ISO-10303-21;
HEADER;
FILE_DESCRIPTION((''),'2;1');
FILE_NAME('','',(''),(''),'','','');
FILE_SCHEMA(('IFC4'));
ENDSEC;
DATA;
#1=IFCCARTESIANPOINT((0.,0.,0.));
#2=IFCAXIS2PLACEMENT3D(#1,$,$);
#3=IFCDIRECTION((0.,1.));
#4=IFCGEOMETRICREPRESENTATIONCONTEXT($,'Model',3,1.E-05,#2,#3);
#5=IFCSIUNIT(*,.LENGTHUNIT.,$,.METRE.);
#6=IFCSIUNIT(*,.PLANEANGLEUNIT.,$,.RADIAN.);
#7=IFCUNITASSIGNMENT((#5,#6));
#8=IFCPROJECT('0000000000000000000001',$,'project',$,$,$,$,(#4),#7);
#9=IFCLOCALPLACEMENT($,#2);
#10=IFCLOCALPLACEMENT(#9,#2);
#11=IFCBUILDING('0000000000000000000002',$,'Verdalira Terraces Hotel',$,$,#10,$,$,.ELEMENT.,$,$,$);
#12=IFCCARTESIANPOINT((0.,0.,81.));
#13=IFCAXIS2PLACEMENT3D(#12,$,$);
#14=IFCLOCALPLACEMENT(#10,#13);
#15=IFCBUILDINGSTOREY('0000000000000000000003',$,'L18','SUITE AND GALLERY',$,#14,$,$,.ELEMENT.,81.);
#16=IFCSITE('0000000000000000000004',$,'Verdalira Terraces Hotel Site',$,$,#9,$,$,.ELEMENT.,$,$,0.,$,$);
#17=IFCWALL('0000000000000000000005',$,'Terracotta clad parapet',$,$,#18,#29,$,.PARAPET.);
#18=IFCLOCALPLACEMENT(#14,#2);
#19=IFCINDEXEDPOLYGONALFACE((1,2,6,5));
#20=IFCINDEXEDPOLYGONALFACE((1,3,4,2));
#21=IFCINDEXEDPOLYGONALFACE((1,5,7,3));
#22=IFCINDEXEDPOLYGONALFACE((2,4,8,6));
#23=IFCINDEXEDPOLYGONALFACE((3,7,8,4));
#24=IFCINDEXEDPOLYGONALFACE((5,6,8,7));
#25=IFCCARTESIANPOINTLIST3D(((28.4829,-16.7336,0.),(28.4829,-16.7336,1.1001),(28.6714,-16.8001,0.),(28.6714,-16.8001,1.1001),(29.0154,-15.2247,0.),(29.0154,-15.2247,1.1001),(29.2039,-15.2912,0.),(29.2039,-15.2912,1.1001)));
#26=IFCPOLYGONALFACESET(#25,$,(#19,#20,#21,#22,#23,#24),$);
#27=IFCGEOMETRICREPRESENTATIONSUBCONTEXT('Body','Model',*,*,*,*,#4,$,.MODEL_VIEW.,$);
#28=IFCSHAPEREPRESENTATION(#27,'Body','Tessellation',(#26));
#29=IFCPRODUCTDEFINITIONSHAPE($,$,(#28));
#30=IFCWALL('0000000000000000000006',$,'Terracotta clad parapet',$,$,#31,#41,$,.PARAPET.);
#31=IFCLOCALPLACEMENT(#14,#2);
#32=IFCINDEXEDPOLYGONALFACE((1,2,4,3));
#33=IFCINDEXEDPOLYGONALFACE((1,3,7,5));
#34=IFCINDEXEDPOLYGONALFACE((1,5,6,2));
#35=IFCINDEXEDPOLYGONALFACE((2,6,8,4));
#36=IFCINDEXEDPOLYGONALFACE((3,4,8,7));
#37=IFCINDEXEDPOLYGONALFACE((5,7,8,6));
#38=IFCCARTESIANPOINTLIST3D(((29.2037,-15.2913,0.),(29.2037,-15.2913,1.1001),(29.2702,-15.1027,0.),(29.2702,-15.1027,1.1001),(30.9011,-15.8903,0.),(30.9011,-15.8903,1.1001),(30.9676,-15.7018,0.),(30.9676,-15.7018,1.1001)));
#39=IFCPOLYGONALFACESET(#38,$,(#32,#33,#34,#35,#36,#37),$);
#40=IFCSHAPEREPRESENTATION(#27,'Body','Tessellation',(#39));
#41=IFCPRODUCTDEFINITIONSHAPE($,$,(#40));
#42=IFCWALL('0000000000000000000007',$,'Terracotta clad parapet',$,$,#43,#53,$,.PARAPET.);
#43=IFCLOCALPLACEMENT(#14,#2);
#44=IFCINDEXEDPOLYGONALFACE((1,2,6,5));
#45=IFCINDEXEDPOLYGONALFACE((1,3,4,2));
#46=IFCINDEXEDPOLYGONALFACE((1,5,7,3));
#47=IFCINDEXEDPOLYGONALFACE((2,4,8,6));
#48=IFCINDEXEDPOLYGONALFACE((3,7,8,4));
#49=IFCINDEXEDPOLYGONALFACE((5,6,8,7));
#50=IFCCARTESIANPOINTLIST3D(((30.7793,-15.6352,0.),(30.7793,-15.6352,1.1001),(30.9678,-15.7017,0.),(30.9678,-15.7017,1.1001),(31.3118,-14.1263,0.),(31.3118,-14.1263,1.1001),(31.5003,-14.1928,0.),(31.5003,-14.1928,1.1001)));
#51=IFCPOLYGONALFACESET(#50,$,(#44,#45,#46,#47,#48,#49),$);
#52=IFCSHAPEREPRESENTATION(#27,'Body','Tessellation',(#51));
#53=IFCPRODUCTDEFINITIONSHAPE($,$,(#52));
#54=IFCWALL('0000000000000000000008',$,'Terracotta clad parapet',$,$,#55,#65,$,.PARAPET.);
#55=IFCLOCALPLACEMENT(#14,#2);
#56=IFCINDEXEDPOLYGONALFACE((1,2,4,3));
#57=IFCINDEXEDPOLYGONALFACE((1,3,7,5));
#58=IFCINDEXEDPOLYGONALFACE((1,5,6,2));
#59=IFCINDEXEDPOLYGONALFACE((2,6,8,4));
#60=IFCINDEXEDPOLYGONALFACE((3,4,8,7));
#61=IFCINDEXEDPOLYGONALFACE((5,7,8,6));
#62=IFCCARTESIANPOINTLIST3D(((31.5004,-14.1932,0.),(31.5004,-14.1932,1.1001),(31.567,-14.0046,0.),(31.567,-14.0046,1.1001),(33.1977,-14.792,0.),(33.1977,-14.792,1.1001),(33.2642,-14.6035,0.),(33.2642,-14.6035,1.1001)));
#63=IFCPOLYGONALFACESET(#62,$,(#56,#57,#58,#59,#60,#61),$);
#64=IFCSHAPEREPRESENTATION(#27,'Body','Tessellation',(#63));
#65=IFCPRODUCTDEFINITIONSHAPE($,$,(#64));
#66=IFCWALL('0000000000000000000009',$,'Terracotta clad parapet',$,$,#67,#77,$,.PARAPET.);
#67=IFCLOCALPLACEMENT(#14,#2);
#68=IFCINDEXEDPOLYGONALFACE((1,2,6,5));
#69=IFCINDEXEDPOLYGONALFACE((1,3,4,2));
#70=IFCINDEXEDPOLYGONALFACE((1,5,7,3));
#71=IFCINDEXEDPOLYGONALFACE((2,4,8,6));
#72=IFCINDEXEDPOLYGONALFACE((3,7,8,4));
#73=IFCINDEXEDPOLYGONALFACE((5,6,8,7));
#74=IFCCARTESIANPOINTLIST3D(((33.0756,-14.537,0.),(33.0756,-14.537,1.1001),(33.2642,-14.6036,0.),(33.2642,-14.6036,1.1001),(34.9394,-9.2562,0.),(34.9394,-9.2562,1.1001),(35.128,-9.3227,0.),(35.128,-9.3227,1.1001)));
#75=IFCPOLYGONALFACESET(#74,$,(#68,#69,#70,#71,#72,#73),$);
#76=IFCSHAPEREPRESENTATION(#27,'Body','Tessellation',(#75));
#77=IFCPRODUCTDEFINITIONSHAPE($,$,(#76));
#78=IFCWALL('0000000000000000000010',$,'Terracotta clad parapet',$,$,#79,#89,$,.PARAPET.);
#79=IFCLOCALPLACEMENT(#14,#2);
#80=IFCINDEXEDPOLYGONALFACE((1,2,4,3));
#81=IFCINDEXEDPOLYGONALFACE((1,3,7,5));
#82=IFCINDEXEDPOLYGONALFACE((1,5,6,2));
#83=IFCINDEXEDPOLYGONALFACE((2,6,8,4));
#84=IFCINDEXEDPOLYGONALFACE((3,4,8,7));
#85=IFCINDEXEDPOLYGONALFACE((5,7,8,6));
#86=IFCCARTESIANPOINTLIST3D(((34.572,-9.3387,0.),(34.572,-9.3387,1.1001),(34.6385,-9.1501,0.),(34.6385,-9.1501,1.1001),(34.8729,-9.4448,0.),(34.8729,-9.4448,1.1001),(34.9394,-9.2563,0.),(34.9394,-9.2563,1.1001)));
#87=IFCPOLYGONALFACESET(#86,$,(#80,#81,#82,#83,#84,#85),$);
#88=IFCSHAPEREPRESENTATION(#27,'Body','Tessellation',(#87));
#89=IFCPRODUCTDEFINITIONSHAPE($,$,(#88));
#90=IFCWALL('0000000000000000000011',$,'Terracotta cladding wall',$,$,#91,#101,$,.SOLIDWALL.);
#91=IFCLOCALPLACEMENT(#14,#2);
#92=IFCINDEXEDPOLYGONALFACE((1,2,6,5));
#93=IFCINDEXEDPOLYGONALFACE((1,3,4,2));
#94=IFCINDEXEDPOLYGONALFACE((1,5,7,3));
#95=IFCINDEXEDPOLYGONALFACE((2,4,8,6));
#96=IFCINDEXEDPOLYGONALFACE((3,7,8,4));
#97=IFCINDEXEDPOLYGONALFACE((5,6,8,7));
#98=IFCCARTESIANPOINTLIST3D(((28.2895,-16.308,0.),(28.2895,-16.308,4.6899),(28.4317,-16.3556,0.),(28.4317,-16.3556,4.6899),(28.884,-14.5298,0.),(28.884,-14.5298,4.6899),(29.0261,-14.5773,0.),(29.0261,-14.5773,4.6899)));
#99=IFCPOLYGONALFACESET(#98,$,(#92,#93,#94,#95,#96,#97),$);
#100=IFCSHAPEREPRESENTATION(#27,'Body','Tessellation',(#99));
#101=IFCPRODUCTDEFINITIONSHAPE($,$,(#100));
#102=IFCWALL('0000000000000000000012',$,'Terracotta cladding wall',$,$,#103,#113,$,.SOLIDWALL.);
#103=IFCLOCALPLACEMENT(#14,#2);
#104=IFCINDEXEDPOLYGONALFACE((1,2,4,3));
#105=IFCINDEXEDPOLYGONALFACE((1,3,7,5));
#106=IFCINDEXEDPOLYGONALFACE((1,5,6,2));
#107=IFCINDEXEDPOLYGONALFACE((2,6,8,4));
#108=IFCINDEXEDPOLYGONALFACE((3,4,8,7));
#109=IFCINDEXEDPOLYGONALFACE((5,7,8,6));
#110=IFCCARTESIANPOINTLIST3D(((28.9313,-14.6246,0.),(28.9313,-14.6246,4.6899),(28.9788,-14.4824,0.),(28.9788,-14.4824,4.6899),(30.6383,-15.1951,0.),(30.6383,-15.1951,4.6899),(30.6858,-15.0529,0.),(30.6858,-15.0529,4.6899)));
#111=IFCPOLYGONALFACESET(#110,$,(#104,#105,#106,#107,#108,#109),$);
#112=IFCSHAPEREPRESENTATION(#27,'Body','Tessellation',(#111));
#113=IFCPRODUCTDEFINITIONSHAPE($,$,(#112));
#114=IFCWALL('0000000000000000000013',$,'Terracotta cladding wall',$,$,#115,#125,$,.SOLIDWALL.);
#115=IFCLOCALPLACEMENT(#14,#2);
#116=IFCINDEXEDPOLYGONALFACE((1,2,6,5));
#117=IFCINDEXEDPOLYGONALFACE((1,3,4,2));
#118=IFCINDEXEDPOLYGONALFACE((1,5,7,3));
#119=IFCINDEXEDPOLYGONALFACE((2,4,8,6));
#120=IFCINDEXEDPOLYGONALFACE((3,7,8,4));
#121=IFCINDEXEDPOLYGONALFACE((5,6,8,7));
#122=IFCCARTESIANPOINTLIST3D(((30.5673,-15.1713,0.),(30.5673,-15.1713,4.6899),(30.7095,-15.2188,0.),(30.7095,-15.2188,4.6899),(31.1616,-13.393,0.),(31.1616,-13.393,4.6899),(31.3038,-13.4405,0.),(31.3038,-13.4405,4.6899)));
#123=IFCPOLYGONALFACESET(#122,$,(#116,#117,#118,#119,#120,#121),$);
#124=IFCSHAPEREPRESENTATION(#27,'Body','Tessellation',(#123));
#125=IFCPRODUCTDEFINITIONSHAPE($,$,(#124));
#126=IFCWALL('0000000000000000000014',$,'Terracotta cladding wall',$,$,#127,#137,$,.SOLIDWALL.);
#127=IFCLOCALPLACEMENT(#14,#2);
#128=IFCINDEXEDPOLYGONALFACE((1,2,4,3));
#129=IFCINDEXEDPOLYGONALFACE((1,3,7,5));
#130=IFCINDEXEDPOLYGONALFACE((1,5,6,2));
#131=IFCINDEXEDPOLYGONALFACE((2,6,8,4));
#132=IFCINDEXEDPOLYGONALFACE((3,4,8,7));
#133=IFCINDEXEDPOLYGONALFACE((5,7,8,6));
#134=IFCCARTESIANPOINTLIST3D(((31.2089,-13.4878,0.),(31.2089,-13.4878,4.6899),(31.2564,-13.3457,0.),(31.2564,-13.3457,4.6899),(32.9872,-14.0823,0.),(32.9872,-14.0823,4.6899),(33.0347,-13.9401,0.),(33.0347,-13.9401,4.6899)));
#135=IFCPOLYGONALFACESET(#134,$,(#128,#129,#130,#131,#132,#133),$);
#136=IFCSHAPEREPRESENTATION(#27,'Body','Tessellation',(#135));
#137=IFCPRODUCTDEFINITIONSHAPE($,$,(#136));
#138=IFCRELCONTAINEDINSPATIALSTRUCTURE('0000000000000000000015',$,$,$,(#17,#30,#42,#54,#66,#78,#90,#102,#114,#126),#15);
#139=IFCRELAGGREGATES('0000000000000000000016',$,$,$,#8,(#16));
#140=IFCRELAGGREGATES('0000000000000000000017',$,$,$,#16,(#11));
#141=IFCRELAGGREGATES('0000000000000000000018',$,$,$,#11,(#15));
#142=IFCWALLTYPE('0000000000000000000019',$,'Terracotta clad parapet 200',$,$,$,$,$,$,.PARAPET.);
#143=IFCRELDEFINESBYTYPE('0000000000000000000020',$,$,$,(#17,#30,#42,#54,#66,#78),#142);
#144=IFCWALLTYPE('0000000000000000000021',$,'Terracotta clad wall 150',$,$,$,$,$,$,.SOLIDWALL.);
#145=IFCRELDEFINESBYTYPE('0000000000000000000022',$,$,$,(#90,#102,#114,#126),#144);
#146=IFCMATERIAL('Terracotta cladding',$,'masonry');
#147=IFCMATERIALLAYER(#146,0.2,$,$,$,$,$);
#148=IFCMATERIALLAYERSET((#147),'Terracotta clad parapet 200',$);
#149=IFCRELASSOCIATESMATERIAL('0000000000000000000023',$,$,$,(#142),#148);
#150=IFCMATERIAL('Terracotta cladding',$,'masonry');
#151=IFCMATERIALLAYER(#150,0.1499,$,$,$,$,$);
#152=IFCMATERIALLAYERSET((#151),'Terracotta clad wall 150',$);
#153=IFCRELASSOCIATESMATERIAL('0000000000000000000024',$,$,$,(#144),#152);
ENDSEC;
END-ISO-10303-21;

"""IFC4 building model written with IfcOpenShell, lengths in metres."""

from ifc_helpers import new_model, si_unit, direction, frame, frame_2d, origin, place, context, subcontext, project, spatial, rectangle, extrude, material, layer, layer_set, type_object, element, save


model = new_model("IFC4")

# Units and contexts
model_context = context("Model", 3, precision=1e-05, world=origin(), true_north=direction((0.0, 1.0)))
body_context = subcontext(model_context, "Body", "Model", "MODEL_VIEW")
ifc_project = project(units=[si_unit("LENGTHUNIT", "METRE"), si_unit("PLANEANGLEUNIT", "RADIAN")], contexts=[model_context])

# Site, building, storey
site_placement = place(None, origin())
site = spatial("IfcSite", under=ifc_project, at=site_placement, Name="Verdalira Terraces Hotel Site", CompositionType="ELEMENT", RefElevation=0.0)
building_placement = place(site_placement, origin())
building = spatial("IfcBuilding", under=site, at=building_placement, Name="Verdalira Terraces Hotel", CompositionType="ELEMENT")
storey_placement = place(building_placement, frame((0.0, 0.0, 81.0)))
storey = spatial("IfcBuildingStorey", under=building, at=storey_placement, Name="L18", Description="SUITE AND GALLERY", CompositionType="ELEMENT", Elevation=81.0)

# Walls
ifc_material_1 = material(Name="Terracotta cladding", Category="masonry")
ifc_layer_1 = layer(ifc_material_1, 0.2)
ifc_layer_set_1 = layer_set([ifc_layer_1], Name="Terracotta clad parapet 200")
wall_type_1 = type_object("IfcWallType", Name="Terracotta clad parapet 200", PredefinedType="PARAPET", material=ifc_layer_set_1)
wall_1_placement = place(storey_placement, frame((28.5771, -16.7668, 0.0), z_axis=(0.0, 0.0, 1.0), x_axis=(0.332796, 0.942999, 0.0)))
element("IfcWall", 1, at=wall_1_placement, inside=storey, type_object=wall_type_1, Name="Terracotta clad parapet", PredefinedType="PARAPET", context=body_context, shape_type="SweptSolid", body=[
    extrude(rectangle(XDim=1.6001, YDim=0.2, at=frame_2d((0.8, 0.0))), origin(), (0.0, 0.0, 1.0), 1.1001),
])
wall_2_placement = place(storey_placement, frame((29.2371, -15.197, 0.0), z_axis=(0.0, 0.0, 1.0), x_axis=(0.94299, -0.33282, 0.0)))
element("IfcWall", 2, at=wall_2_placement, inside=storey, type_object=wall_type_1, Name="Terracotta clad parapet", PredefinedType="PARAPET", context=body_context, shape_type="SweptSolid", body=[
    extrude(rectangle(XDim=1.8, YDim=0.2, at=frame_2d((0.8999, 0.0))), origin(), (0.0, 0.0, 1.0), 1.1001),
])
wall_3_placement = place(storey_placement, frame((30.8735, -15.6685, 0.0), z_axis=(0.0, 0.0, 1.0), x_axis=(0.332796, 0.942999, 0.0)))
element("IfcWall", 3, at=wall_3_placement, inside=storey, type_object=wall_type_1, Name="Terracotta clad parapet", PredefinedType="PARAPET", context=body_context, shape_type="SweptSolid", body=[
    extrude(rectangle(XDim=1.6001, YDim=0.2, at=frame_2d((0.8, 0.0))), origin(), (0.0, 0.0, 1.0), 1.1001),
])
wall_4_placement = place(storey_placement, frame((31.5337, -14.0989, 0.0), z_axis=(0.0, 0.0, 1.0), x_axis=(0.943018, -0.332742, 0.0)))
element("IfcWall", 4, at=wall_4_placement, inside=storey, type_object=wall_type_1, Name="Terracotta clad parapet", PredefinedType="PARAPET", context=body_context, shape_type="SweptSolid", body=[
    extrude(rectangle(XDim=1.7998, YDim=0.2, at=frame_2d((0.8999, 0.0))), origin(), (0.0, 0.0, 1.0), 1.1001),
])
wall_5_placement = place(storey_placement, frame((33.1699, -14.5703, 0.0), z_axis=(0.0, 0.0, 1.0), x_axis=(0.332816, 0.942992, 0.0)))
element("IfcWall", 5, at=wall_5_placement, inside=storey, type_object=wall_type_1, Name="Terracotta clad parapet", PredefinedType="PARAPET", context=body_context, shape_type="SweptSolid", body=[
    extrude(rectangle(XDim=5.6001, YDim=0.2, at=frame_2d((2.8, 0.0))), origin(), (0.0, 0.0, 1.0), 1.1001),
])
wall_6_placement = place(storey_placement, frame((34.9062, -9.3506, 0.0), z_axis=(0.0, 0.0, 1.0), x_axis=(-0.943033, 0.3327, 0.0)))
element("IfcWall", 6, at=wall_6_placement, inside=storey, type_object=wall_type_1, Name="Terracotta clad parapet", PredefinedType="PARAPET", context=body_context, shape_type="SweptSolid", body=[
    extrude(rectangle(XDim=0.3191, YDim=0.2, at=frame_2d((0.1597, 0.0))), origin(), (0.0, 0.0, 1.0), 1.1001),
])
ifc_material_2 = material(Name="Terracotta cladding", Category="masonry")
ifc_layer_2 = layer(ifc_material_2, 0.1499)
ifc_layer_set_2 = layer_set([ifc_layer_2], Name="Terracotta clad wall 150")
wall_type_2 = type_object("IfcWallType", Name="Terracotta clad wall 150", PredefinedType="SOLIDWALL", material=ifc_layer_set_2)
wall_7_placement = place(storey_placement, frame((28.3606, -16.3318, 0.0), z_axis=(0.0, 0.0, 1.0), x_axis=(0.317048, 0.94841, 0.0)))
element("IfcWall", 7, at=wall_7_placement, inside=storey, type_object=wall_type_2, Name="Terracotta cladding wall", PredefinedType="SOLIDWALL", context=body_context, shape_type="SweptSolid", body=[
    extrude(rectangle(XDim=1.875, YDim=0.1499, at=frame_2d((0.9375, 0.0))), origin(), (0.0, 0.0, 1.0), 4.6899),
])
wall_8_placement = place(storey_placement, frame((28.9551, -14.5535, 0.0), z_axis=(0.0, 0.0, 1.0), x_axis=(0.948425, -0.317001, 0.0)))
element("IfcWall", 8, at=wall_8_placement, inside=storey, type_object=wall_type_2, Name="Terracotta cladding wall", PredefinedType="SOLIDWALL", context=body_context, shape_type="SweptSolid", body=[
    extrude(rectangle(XDim=1.7998, YDim=0.1499, at=frame_2d((0.8999, 0.0))), origin(), (0.0, 0.0, 1.0), 4.6899),
])
for number, where, z_axis, x_axis, name in (
    (9, (30.6384, -15.1951, 0.0), (0.0, 0.0, 1.0), (0.316931, 0.948449, 0.0), "Terracotta cladding wall"),
    (10, (31.2327, -13.4167, 0.0), (0.0, 0.0, 1.0), (0.94841, -0.317048, 0.0), "Terracotta cladding wall"),
):
    element("IfcWall", number, at=place(storey_placement, frame(where, z_axis=z_axis, x_axis=x_axis)), inside=storey, type_object=wall_type_2, Name=name, PredefinedType="SOLIDWALL", context=body_context, shape_type="SweptSolid", body=[
        extrude(rectangle(XDim=1.875, YDim=0.1499, at=frame_2d((0.9375, 0.0))), origin(), (0.0, 0.0, 1.0), 4.6899),
    ])

save(model, "model.ifc")
